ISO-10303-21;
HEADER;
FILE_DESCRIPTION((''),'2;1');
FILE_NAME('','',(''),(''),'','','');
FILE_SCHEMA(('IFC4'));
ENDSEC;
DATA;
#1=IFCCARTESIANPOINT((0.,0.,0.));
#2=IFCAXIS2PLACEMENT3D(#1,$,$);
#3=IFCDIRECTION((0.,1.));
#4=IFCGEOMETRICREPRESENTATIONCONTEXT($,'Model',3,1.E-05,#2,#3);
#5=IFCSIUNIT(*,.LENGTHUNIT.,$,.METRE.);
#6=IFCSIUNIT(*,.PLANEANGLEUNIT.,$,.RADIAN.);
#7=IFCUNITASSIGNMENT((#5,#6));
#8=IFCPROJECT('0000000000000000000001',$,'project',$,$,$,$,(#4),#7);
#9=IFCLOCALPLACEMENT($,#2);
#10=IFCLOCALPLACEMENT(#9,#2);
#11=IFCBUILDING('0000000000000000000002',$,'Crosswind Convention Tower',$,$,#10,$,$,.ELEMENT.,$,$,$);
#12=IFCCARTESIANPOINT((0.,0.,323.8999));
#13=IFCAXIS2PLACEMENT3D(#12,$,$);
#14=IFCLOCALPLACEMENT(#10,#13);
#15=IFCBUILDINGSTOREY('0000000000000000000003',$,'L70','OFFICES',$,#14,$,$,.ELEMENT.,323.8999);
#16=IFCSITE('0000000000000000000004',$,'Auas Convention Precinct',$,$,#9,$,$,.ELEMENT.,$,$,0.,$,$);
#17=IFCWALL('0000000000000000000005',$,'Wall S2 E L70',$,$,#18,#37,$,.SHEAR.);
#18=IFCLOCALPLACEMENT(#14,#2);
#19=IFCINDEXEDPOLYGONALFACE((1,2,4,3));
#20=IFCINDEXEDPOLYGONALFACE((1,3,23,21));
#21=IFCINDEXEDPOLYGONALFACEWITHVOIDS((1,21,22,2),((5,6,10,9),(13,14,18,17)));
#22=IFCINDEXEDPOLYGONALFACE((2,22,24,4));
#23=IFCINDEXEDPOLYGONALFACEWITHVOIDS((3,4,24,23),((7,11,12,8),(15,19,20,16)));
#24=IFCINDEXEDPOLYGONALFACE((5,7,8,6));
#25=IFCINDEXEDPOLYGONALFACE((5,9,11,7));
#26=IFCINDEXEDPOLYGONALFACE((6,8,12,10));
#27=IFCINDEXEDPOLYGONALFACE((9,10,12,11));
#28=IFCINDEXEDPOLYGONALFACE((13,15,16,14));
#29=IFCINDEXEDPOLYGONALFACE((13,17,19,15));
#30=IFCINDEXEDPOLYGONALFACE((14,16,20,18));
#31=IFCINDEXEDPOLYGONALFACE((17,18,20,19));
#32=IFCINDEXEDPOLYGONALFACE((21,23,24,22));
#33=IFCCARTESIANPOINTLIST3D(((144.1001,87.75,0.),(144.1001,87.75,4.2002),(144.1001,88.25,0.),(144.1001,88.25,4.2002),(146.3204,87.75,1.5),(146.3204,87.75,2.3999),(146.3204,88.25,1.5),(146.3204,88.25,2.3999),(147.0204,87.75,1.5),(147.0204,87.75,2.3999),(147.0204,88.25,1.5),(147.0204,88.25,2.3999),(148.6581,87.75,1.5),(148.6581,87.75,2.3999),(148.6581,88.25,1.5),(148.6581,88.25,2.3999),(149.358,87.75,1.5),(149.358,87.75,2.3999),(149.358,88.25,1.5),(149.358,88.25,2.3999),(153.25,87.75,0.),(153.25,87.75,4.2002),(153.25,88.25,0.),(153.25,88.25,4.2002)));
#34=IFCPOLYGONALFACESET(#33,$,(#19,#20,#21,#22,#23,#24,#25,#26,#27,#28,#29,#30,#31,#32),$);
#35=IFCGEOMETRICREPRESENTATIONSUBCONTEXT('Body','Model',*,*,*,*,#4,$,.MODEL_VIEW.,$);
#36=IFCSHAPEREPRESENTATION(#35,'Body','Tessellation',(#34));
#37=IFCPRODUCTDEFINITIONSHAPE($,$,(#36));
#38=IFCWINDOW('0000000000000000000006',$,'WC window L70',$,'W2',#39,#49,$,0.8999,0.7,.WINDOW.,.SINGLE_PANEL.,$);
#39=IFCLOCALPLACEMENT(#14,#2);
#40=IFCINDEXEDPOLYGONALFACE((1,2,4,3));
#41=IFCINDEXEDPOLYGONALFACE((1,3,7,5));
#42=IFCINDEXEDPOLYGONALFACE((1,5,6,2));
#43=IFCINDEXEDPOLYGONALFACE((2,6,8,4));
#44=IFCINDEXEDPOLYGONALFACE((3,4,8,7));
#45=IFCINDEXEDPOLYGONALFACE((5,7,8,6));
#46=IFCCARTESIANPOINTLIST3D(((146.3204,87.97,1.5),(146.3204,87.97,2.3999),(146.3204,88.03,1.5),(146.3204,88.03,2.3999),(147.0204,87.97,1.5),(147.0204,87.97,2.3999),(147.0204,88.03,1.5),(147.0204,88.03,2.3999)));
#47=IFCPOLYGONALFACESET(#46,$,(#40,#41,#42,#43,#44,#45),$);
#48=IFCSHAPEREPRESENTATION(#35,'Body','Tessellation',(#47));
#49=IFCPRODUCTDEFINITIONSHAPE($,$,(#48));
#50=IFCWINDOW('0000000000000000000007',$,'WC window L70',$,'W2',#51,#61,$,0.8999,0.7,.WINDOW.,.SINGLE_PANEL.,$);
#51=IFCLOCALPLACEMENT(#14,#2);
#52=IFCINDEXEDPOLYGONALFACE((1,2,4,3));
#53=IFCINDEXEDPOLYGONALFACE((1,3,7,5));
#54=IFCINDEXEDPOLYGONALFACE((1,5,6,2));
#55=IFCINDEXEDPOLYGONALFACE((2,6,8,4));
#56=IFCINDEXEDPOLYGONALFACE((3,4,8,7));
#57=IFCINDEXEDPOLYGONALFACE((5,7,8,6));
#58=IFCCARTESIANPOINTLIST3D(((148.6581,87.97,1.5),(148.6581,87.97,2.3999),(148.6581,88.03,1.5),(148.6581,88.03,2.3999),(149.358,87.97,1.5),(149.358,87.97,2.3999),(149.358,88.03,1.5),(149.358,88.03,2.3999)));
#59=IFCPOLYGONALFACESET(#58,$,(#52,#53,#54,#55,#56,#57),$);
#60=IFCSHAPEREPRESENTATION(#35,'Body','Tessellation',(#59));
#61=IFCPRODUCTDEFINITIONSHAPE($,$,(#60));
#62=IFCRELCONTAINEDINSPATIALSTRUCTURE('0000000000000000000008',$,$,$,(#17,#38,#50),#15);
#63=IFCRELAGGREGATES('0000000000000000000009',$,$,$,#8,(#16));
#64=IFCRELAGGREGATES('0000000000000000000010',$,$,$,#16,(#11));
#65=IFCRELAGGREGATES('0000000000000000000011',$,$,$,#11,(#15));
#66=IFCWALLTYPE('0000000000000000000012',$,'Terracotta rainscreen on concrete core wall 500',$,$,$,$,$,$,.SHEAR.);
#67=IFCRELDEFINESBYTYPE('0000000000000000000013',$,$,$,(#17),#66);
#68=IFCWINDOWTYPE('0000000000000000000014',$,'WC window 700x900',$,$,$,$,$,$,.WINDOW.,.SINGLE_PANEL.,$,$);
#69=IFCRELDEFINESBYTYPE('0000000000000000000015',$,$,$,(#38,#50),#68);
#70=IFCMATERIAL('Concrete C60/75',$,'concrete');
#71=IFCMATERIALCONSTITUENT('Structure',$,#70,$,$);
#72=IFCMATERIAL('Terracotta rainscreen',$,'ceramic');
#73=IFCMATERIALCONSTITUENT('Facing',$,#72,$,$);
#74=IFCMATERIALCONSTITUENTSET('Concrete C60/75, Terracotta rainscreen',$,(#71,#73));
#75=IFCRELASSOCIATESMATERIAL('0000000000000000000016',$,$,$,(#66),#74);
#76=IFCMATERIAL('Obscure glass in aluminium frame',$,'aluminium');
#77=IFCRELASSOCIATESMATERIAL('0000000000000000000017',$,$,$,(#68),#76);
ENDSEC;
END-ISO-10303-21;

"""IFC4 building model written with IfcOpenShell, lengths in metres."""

from ifc_helpers import new_model, si_unit, direction, frame, frame_2d, origin, place, context, subcontext, project, spatial, rectangle, extrude, material, constituent, constituent_set, type_object, element, fill, save


model = new_model("IFC4")

# Units and contexts
model_context = context("Model", 3, precision=1e-05, world=origin(), true_north=direction((0.0, 1.0)))
body_context = subcontext(model_context, "Body", "Model", "MODEL_VIEW")
ifc_project = project(units=[si_unit("LENGTHUNIT", "METRE"), si_unit("PLANEANGLEUNIT", "RADIAN")], contexts=[model_context])

# Site, building, storey
site_placement = place(None, origin())
site = spatial("IfcSite", under=ifc_project, at=site_placement, Name="Auas Convention Precinct", CompositionType="ELEMENT", RefElevation=0.0)
building_placement = place(site_placement, origin())
building = spatial("IfcBuilding", under=site, at=building_placement, Name="Crosswind Convention Tower", CompositionType="ELEMENT")
storey_placement = place(building_placement, frame((0.0, 0.0, 323.8999)))
storey = spatial("IfcBuildingStorey", under=building, at=storey_placement, Name="L70", Description="OFFICES", CompositionType="ELEMENT", Elevation=323.8999)

# Shared definitions
ifc_material_1 = material(Name="Concrete C60/75", Category="concrete")
ifc_constituent_1 = constituent(ifc_material_1, Name="Structure")
ifc_material_2 = material(Name="Terracotta rainscreen", Category="ceramic")
ifc_constituent_2 = constituent(ifc_material_2, Name="Facing")
ifc_constituent_set = constituent_set(constituents=[ifc_constituent_1, ifc_constituent_2], Name="Concrete C60/75, Terracotta rainscreen")
wall_type_1 = type_object("IfcWallType", Name="Terracotta rainscreen on concrete core wall 500", PredefinedType="SHEAR", material=ifc_constituent_set)

# Wall, openings, windows
wall_1_placement = place(storey_placement, frame((144.1001, 88.0, 0.0), z_axis=(0.0, 0.0, 1.0), x_axis=(1.0, 0.0, 0.0)))
wall_1 = element("IfcWall", 1, at=wall_1_placement, inside=storey, type_object=wall_type_1, Name="Wall S2 E L70", PredefinedType="SHEAR", context=body_context, shape_type="SweptSolid", body=[
    extrude(rectangle(XDim=9.1499, YDim=0.5, at=frame_2d((4.575, 0.0))), origin(), (0.0, 0.0, 1.0), 4.2002),
])
opening_1_placement = place(wall_1_placement, frame((2.2202, 0.0, 1.5)))
opening_1 = element("IfcOpeningElement", 2, at=opening_1_placement, cuts=wall_1, PredefinedType="OPENING", context=body_context, shape_type="SweptSolid", body=[
    extrude(rectangle(XDim=0.7, YDim=0.8999, at=frame_2d((0.3501, 0.45))), frame((0.0, 0.26, 0.0), z_axis=(0.0, -1.0, 0.0), x_axis=(1.0, 0.0, 0.0)), (0.0, 0.0, 1.0), 0.52),
])
opening_2_placement = place(wall_1_placement, frame((4.5579, 0.0, 1.5)))
opening_2 = element("IfcOpeningElement", 3, at=opening_2_placement, cuts=wall_1, PredefinedType="OPENING", context=body_context, shape_type="SweptSolid", body=[
    extrude(rectangle(XDim=0.7, YDim=0.8999, at=frame_2d((0.3501, 0.45))), frame((0.0, 0.26, 0.0), z_axis=(0.0, -1.0, 0.0), x_axis=(1.0, 0.0, 0.0)), (0.0, 0.0, 1.0), 0.52),
])
ifc_material_3 = material(Name="Obscure glass in aluminium frame", Category="aluminium")
window_type = type_object("IfcWindowType", Name="WC window 700x900", PartitioningType="SINGLE_PANEL", PredefinedType="WINDOW", material=ifc_material_3)
window_1_placement = place(opening_1_placement, origin())
window_1 = element("IfcWindow", 4, at=window_1_placement, inside=storey, type_object=window_type, Name="WC window L70", ObjectType="W2", OverallHeight=0.8999, OverallWidth=0.7, PartitioningType="SINGLE_PANEL", PredefinedType="WINDOW", context=body_context, shape_type="SweptSolid", body=[
    extrude(rectangle(XDim=0.7, YDim=0.8999, at=frame_2d((0.3501, 0.45))), frame((0.0, 0.03, 0.0), z_axis=(0.0, -1.0, 0.0), x_axis=(1.0, 0.0, 0.0)), (0.0, 0.0, 1.0), 0.0601),
])
fill(opening_1, window_1)
window_2_placement = place(opening_2_placement, origin())
window_2 = element("IfcWindow", 5, at=window_2_placement, inside=storey, type_object=window_type, Name="WC window L70", ObjectType="W2", OverallHeight=0.8999, OverallWidth=0.7, PartitioningType="SINGLE_PANEL", PredefinedType="WINDOW", context=body_context, shape_type="SweptSolid", body=[
    extrude(rectangle(XDim=0.7, YDim=0.8999, at=frame_2d((0.3501, 0.45))), frame((0.0, 0.03, 0.0), z_axis=(0.0, -1.0, 0.0), x_axis=(1.0, 0.0, 0.0)), (0.0, 0.0, 1.0), 0.0601),
])
fill(opening_2, window_2)

save(model, "model.ifc")
